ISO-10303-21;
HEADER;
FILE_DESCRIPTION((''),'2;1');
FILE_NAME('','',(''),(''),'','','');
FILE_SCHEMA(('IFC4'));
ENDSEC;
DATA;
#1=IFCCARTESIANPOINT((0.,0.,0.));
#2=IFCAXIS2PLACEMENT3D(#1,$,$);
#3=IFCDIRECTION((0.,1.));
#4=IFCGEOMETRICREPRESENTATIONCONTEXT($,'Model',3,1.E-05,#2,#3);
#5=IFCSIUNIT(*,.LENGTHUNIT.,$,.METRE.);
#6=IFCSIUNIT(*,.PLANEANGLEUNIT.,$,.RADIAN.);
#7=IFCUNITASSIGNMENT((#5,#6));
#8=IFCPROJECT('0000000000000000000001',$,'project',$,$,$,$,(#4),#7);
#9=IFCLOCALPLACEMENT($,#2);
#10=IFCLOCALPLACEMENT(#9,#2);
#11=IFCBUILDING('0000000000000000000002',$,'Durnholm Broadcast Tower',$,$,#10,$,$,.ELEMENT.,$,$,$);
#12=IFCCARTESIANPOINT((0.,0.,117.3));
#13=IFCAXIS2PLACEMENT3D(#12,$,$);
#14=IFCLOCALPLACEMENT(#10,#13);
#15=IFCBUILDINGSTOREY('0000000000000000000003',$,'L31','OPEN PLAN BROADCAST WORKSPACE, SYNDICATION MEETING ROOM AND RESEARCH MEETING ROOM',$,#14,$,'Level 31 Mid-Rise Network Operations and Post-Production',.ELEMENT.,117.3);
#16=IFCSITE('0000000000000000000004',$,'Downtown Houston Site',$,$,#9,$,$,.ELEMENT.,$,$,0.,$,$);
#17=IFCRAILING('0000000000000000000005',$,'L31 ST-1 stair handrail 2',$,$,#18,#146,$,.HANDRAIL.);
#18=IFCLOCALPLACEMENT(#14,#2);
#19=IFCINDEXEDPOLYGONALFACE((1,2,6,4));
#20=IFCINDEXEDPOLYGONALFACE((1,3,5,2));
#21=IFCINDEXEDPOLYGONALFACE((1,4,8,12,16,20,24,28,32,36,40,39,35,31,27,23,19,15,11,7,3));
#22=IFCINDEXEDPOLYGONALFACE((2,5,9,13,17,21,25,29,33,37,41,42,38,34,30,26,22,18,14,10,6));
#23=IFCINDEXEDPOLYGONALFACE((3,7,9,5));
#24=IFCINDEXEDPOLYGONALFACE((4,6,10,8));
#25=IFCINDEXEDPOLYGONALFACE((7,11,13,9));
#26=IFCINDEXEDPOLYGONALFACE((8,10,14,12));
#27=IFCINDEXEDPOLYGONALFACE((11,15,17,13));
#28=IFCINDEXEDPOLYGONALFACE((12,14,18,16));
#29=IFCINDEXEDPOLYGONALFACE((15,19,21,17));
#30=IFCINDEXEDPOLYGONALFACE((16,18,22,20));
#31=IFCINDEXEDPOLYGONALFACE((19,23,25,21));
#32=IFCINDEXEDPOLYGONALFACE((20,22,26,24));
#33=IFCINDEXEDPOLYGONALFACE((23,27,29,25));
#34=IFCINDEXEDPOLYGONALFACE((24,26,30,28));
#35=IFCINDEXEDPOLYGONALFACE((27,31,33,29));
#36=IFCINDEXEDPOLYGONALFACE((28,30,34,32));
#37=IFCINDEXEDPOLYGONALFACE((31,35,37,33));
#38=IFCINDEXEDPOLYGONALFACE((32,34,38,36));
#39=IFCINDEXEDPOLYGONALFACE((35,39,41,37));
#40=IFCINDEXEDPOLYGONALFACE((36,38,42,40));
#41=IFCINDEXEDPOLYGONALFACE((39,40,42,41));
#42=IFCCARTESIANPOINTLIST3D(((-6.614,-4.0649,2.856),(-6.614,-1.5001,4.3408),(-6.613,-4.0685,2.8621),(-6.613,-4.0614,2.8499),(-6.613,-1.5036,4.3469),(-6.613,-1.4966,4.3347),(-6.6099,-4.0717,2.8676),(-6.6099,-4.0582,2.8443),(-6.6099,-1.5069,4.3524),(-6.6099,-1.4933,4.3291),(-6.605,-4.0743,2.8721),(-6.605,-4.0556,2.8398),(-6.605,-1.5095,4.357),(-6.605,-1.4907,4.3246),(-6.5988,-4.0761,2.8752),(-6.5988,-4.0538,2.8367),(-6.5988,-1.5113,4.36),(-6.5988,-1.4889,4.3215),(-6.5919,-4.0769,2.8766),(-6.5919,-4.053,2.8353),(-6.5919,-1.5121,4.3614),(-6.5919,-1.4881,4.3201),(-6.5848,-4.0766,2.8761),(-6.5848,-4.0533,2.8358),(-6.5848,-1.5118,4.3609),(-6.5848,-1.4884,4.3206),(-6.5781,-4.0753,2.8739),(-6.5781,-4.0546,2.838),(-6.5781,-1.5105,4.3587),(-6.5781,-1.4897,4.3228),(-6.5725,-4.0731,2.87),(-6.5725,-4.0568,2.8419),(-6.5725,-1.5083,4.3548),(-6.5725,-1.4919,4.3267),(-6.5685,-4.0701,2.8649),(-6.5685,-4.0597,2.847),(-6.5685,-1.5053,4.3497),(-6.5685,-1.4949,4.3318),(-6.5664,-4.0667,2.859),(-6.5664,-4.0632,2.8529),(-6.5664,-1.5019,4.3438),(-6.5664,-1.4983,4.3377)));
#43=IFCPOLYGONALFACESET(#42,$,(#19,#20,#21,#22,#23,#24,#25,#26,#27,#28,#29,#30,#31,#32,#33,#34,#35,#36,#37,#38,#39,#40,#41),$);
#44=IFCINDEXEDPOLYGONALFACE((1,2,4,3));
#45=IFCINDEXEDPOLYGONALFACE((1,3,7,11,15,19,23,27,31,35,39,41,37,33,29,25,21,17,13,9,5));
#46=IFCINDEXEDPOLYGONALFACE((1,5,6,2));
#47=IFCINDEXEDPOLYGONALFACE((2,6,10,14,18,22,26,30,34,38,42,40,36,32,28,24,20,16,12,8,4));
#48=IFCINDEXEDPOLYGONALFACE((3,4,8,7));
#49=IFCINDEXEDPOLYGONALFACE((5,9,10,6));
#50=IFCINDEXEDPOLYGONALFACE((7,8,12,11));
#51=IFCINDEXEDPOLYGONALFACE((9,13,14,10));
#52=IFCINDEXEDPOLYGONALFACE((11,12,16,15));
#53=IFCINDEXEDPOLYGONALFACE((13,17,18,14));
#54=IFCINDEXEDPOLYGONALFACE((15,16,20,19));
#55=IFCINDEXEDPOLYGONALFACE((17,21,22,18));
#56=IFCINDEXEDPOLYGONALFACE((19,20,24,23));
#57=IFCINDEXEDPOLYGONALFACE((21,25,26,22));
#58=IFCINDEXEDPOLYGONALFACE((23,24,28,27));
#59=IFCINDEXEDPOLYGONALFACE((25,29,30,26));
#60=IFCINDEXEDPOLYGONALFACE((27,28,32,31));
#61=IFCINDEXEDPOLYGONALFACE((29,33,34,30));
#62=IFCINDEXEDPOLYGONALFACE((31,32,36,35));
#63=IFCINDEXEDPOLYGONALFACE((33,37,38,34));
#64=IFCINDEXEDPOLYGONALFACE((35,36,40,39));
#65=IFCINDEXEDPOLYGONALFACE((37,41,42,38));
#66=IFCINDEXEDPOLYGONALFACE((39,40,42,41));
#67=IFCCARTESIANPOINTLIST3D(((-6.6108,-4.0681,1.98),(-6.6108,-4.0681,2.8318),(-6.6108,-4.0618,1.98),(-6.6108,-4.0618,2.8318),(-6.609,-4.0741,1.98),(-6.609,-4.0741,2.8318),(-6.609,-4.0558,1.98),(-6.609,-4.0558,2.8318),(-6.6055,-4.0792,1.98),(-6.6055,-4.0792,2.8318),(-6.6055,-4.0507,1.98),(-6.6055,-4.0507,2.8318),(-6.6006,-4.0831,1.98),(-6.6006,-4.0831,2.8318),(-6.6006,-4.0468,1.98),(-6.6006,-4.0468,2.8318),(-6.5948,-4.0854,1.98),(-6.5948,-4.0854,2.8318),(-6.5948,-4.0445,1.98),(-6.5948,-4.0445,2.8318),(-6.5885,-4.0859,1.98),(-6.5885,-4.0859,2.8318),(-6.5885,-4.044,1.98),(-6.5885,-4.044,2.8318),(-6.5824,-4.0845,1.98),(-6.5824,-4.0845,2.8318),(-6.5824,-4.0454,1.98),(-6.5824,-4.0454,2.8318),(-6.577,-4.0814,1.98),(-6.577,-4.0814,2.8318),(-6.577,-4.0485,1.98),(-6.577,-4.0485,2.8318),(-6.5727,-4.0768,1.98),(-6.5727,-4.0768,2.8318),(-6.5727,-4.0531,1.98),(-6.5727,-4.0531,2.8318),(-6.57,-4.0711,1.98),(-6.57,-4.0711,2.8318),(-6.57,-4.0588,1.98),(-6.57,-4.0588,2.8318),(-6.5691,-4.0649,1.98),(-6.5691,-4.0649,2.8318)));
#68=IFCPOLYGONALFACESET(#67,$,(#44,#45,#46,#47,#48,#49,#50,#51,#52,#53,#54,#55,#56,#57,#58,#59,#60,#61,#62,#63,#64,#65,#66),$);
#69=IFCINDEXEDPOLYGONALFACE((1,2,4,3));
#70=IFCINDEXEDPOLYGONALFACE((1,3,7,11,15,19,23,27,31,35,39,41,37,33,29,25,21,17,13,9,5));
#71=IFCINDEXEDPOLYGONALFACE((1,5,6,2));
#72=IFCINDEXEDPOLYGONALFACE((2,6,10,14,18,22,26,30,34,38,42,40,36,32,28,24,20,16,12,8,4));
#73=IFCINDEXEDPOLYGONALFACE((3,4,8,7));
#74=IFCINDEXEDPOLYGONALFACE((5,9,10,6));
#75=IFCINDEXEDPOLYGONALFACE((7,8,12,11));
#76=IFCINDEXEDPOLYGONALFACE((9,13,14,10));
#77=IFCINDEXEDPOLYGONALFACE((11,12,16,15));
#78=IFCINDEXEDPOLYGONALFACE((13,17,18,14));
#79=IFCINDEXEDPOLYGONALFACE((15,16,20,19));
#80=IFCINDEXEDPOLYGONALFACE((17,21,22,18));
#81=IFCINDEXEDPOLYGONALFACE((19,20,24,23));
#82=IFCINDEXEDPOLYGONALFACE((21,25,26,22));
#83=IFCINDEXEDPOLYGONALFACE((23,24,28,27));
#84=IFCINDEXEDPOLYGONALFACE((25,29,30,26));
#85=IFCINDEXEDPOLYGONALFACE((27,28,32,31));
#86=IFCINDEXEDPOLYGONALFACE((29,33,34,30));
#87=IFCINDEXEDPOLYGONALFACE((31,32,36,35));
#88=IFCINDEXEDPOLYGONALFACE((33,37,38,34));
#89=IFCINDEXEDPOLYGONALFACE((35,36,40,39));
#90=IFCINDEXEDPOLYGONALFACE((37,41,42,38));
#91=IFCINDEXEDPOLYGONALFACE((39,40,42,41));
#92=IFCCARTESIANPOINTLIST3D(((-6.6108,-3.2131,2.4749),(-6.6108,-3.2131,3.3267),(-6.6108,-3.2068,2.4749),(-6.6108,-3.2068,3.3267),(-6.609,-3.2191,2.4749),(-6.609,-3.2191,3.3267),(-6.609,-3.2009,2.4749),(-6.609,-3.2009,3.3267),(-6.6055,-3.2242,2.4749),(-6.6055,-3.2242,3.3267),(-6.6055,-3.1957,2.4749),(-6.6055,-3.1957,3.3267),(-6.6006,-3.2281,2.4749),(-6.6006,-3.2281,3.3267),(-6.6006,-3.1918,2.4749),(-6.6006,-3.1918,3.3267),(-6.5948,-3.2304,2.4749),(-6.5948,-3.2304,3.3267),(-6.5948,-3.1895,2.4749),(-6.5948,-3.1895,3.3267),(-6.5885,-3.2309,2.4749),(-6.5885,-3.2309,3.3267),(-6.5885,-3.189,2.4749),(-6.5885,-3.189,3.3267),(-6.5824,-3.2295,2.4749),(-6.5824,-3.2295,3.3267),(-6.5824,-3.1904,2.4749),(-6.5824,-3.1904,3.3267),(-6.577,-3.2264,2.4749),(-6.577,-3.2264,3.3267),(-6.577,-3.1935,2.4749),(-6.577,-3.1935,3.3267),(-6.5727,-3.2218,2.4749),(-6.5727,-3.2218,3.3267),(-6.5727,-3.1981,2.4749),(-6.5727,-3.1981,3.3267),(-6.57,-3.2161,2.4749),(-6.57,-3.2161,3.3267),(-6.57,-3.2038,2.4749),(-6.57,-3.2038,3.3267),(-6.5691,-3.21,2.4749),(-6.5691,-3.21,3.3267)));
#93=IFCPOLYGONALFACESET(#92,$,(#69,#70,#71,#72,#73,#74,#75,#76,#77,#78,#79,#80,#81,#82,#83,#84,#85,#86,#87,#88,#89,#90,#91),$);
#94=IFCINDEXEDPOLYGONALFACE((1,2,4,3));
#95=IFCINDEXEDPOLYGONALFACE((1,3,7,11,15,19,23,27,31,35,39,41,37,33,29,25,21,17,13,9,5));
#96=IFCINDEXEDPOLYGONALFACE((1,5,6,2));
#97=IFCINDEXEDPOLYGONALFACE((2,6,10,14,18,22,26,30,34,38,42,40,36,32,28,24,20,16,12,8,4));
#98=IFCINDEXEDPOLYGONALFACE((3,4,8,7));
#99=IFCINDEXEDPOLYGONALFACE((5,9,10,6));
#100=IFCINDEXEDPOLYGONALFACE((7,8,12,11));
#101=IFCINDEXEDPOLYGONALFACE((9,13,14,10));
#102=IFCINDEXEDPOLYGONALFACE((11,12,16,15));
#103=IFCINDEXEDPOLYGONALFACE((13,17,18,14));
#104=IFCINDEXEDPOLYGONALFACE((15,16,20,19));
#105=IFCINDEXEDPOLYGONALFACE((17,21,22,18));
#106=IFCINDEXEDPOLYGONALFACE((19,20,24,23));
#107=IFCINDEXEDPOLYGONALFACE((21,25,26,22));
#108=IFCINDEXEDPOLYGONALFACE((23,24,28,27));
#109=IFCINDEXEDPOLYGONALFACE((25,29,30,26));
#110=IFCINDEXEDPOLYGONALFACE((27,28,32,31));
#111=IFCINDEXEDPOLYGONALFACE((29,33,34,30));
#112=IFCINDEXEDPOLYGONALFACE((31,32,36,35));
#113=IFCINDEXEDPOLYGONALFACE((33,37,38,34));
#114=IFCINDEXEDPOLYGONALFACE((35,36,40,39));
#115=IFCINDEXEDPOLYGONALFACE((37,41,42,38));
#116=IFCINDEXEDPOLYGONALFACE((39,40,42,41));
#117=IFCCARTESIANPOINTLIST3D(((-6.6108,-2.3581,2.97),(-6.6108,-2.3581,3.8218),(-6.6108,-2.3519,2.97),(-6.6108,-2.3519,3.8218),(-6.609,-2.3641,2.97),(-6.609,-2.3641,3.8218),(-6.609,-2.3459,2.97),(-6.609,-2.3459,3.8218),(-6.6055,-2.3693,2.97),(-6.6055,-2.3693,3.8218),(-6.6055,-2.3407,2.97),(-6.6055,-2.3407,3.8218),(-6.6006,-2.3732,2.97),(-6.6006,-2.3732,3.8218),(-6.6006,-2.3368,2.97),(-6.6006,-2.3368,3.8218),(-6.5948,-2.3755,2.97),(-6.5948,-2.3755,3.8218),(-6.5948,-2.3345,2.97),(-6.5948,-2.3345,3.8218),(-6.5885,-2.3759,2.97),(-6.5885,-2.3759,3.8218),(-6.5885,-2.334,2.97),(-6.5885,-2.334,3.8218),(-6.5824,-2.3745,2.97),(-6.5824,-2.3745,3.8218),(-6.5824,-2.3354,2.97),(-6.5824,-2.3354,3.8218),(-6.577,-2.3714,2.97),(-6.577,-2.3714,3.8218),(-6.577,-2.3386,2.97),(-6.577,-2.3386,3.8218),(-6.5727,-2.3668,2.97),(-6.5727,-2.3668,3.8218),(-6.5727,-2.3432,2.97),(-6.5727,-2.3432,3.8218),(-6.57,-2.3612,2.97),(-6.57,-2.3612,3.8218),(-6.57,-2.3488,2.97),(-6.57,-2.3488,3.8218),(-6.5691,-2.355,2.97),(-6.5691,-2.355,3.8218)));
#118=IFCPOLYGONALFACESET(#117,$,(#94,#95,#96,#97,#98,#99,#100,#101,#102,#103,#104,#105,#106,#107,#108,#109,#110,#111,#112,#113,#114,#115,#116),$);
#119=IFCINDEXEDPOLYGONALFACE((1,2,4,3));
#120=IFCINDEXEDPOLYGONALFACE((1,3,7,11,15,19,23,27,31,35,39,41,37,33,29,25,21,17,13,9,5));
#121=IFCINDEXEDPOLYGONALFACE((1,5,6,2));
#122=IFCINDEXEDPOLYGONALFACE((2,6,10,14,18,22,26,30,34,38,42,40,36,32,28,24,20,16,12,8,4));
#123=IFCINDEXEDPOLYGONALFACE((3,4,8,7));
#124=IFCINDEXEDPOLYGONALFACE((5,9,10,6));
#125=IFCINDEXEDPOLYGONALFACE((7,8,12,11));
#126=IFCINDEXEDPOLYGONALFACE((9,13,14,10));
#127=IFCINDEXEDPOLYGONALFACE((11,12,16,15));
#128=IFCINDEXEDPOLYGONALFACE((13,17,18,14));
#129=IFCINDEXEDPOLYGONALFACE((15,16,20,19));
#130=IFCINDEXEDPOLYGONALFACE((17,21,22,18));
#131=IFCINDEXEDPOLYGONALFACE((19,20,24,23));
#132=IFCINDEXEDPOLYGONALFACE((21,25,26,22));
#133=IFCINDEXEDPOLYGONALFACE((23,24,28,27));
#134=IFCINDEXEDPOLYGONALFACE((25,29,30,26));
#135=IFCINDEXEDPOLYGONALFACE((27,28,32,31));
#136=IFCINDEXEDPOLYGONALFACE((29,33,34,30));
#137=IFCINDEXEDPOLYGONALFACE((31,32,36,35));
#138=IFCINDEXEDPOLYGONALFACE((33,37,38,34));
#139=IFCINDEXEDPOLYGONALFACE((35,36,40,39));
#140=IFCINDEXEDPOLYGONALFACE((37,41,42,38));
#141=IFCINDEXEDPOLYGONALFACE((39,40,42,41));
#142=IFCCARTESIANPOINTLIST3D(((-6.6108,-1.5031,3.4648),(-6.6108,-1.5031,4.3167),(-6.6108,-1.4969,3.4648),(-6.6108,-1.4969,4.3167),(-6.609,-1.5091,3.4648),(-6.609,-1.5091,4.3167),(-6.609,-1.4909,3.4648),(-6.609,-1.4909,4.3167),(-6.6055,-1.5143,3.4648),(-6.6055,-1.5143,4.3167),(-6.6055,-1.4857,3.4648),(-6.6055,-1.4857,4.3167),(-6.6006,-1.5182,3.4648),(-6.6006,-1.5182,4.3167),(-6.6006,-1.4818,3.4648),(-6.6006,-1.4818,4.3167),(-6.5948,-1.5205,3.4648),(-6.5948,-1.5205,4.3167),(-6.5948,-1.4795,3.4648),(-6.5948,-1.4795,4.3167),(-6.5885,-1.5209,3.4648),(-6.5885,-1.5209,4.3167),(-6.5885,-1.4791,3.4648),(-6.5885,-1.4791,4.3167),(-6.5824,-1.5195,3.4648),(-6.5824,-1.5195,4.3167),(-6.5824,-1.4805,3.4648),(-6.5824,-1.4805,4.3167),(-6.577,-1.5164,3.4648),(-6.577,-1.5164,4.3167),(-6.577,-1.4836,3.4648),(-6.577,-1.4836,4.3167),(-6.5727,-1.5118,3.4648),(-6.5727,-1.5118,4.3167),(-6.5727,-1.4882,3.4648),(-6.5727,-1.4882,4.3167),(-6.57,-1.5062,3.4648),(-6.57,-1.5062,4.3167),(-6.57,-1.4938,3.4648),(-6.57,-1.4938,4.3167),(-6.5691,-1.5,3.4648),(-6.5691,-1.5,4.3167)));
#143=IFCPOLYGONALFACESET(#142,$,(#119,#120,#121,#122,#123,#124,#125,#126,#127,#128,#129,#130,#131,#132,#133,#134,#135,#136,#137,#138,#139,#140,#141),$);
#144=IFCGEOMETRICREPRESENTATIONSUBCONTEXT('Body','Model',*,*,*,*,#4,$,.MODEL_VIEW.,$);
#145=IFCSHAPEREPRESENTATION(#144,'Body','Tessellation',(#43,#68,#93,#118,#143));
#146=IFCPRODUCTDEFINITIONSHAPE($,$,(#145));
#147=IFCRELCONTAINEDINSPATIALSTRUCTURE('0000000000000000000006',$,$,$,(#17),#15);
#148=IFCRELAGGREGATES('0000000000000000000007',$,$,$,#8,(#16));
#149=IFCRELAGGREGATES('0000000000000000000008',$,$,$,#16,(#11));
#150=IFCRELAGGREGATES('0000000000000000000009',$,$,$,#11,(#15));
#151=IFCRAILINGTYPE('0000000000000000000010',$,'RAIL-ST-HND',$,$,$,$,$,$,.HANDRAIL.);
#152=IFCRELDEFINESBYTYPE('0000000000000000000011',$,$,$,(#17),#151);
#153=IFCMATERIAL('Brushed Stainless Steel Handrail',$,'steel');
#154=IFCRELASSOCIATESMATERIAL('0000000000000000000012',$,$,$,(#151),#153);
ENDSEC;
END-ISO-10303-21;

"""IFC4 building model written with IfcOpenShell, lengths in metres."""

from ifc_helpers import new_model, si_unit, direction, frame, origin, origin_2d, place, context, subcontext, project, spatial, circle, extrude, material, type_object, element, save


model = new_model("IFC4")

# Units and contexts
model_context = context("Model", 3, precision=1e-05, world=origin(), true_north=direction((0.0, 1.0)))
body_context = subcontext(model_context, "Body", "Model", "MODEL_VIEW")
ifc_project = project(units=[si_unit("LENGTHUNIT", "METRE"), si_unit("PLANEANGLEUNIT", "RADIAN")], contexts=[model_context])

# Site, building, storey
site_placement = place(None, origin())
site = spatial("IfcSite", under=ifc_project, at=site_placement, Name="Downtown Houston Site", CompositionType="ELEMENT", RefElevation=0.0)
building_placement = place(site_placement, origin())
building = spatial("IfcBuilding", under=site, at=building_placement, Name="Durnholm Broadcast Tower", CompositionType="ELEMENT")
storey_placement = place(building_placement, frame((0.0, 0.0, 117.3)))
storey = spatial("IfcBuildingStorey", under=building, at=storey_placement, Name="L31", Description="OPEN PLAN BROADCAST WORKSPACE, SYNDICATION MEETING ROOM AND RESEARCH MEETING ROOM", LongName="Level 31 Mid-Rise Network Operations and Post-Production", CompositionType="ELEMENT", Elevation=117.3)

# Railing
ifc_material_1 = material(Name="Brushed Stainless Steel Handrail", Category="steel")
railing_type_1 = type_object("IfcRailingType", Name="RAIL-ST-HND", PredefinedType="HANDRAIL", material=ifc_material_1)
railing_1_placement = place(storey_placement, frame((-6.5901, -4.0649, 1.98)))
element("IfcRailing", 1, at=railing_1_placement, inside=storey, type_object=railing_type_1, Name="L31 ST-1 stair handrail 2", PredefinedType="HANDRAIL", context=body_context, shape_type="SweptSolid", body=[
    extrude(circle(Radius=0.0239, at=origin_2d()), frame((0.0, 0.0, 0.876), z_axis=(0.0, 0.865441, 0.50101), x_axis=(-1.0, 0.0, 0.0)), (0.0, 0.0, 1.0), 2.9636),
    extrude(circle(Radius=0.021, at=origin_2d()), origin(), (0.0, 0.0, 1.0), 0.8518),
    extrude(circle(Radius=0.021, at=origin_2d()), frame((0.0, 0.855, 0.4949)), (0.0, 0.0, 1.0), 0.8518),
    extrude(circle(Radius=0.021, at=origin_2d()), frame((0.0, 1.71, 0.99)), (0.0, 0.0, 1.0), 0.8518),
    extrude(circle(Radius=0.021, at=origin_2d()), frame((0.0, 2.5649, 1.4849)), (0.0, 0.0, 1.0), 0.8518),
])

save(model, "model.ifc")
